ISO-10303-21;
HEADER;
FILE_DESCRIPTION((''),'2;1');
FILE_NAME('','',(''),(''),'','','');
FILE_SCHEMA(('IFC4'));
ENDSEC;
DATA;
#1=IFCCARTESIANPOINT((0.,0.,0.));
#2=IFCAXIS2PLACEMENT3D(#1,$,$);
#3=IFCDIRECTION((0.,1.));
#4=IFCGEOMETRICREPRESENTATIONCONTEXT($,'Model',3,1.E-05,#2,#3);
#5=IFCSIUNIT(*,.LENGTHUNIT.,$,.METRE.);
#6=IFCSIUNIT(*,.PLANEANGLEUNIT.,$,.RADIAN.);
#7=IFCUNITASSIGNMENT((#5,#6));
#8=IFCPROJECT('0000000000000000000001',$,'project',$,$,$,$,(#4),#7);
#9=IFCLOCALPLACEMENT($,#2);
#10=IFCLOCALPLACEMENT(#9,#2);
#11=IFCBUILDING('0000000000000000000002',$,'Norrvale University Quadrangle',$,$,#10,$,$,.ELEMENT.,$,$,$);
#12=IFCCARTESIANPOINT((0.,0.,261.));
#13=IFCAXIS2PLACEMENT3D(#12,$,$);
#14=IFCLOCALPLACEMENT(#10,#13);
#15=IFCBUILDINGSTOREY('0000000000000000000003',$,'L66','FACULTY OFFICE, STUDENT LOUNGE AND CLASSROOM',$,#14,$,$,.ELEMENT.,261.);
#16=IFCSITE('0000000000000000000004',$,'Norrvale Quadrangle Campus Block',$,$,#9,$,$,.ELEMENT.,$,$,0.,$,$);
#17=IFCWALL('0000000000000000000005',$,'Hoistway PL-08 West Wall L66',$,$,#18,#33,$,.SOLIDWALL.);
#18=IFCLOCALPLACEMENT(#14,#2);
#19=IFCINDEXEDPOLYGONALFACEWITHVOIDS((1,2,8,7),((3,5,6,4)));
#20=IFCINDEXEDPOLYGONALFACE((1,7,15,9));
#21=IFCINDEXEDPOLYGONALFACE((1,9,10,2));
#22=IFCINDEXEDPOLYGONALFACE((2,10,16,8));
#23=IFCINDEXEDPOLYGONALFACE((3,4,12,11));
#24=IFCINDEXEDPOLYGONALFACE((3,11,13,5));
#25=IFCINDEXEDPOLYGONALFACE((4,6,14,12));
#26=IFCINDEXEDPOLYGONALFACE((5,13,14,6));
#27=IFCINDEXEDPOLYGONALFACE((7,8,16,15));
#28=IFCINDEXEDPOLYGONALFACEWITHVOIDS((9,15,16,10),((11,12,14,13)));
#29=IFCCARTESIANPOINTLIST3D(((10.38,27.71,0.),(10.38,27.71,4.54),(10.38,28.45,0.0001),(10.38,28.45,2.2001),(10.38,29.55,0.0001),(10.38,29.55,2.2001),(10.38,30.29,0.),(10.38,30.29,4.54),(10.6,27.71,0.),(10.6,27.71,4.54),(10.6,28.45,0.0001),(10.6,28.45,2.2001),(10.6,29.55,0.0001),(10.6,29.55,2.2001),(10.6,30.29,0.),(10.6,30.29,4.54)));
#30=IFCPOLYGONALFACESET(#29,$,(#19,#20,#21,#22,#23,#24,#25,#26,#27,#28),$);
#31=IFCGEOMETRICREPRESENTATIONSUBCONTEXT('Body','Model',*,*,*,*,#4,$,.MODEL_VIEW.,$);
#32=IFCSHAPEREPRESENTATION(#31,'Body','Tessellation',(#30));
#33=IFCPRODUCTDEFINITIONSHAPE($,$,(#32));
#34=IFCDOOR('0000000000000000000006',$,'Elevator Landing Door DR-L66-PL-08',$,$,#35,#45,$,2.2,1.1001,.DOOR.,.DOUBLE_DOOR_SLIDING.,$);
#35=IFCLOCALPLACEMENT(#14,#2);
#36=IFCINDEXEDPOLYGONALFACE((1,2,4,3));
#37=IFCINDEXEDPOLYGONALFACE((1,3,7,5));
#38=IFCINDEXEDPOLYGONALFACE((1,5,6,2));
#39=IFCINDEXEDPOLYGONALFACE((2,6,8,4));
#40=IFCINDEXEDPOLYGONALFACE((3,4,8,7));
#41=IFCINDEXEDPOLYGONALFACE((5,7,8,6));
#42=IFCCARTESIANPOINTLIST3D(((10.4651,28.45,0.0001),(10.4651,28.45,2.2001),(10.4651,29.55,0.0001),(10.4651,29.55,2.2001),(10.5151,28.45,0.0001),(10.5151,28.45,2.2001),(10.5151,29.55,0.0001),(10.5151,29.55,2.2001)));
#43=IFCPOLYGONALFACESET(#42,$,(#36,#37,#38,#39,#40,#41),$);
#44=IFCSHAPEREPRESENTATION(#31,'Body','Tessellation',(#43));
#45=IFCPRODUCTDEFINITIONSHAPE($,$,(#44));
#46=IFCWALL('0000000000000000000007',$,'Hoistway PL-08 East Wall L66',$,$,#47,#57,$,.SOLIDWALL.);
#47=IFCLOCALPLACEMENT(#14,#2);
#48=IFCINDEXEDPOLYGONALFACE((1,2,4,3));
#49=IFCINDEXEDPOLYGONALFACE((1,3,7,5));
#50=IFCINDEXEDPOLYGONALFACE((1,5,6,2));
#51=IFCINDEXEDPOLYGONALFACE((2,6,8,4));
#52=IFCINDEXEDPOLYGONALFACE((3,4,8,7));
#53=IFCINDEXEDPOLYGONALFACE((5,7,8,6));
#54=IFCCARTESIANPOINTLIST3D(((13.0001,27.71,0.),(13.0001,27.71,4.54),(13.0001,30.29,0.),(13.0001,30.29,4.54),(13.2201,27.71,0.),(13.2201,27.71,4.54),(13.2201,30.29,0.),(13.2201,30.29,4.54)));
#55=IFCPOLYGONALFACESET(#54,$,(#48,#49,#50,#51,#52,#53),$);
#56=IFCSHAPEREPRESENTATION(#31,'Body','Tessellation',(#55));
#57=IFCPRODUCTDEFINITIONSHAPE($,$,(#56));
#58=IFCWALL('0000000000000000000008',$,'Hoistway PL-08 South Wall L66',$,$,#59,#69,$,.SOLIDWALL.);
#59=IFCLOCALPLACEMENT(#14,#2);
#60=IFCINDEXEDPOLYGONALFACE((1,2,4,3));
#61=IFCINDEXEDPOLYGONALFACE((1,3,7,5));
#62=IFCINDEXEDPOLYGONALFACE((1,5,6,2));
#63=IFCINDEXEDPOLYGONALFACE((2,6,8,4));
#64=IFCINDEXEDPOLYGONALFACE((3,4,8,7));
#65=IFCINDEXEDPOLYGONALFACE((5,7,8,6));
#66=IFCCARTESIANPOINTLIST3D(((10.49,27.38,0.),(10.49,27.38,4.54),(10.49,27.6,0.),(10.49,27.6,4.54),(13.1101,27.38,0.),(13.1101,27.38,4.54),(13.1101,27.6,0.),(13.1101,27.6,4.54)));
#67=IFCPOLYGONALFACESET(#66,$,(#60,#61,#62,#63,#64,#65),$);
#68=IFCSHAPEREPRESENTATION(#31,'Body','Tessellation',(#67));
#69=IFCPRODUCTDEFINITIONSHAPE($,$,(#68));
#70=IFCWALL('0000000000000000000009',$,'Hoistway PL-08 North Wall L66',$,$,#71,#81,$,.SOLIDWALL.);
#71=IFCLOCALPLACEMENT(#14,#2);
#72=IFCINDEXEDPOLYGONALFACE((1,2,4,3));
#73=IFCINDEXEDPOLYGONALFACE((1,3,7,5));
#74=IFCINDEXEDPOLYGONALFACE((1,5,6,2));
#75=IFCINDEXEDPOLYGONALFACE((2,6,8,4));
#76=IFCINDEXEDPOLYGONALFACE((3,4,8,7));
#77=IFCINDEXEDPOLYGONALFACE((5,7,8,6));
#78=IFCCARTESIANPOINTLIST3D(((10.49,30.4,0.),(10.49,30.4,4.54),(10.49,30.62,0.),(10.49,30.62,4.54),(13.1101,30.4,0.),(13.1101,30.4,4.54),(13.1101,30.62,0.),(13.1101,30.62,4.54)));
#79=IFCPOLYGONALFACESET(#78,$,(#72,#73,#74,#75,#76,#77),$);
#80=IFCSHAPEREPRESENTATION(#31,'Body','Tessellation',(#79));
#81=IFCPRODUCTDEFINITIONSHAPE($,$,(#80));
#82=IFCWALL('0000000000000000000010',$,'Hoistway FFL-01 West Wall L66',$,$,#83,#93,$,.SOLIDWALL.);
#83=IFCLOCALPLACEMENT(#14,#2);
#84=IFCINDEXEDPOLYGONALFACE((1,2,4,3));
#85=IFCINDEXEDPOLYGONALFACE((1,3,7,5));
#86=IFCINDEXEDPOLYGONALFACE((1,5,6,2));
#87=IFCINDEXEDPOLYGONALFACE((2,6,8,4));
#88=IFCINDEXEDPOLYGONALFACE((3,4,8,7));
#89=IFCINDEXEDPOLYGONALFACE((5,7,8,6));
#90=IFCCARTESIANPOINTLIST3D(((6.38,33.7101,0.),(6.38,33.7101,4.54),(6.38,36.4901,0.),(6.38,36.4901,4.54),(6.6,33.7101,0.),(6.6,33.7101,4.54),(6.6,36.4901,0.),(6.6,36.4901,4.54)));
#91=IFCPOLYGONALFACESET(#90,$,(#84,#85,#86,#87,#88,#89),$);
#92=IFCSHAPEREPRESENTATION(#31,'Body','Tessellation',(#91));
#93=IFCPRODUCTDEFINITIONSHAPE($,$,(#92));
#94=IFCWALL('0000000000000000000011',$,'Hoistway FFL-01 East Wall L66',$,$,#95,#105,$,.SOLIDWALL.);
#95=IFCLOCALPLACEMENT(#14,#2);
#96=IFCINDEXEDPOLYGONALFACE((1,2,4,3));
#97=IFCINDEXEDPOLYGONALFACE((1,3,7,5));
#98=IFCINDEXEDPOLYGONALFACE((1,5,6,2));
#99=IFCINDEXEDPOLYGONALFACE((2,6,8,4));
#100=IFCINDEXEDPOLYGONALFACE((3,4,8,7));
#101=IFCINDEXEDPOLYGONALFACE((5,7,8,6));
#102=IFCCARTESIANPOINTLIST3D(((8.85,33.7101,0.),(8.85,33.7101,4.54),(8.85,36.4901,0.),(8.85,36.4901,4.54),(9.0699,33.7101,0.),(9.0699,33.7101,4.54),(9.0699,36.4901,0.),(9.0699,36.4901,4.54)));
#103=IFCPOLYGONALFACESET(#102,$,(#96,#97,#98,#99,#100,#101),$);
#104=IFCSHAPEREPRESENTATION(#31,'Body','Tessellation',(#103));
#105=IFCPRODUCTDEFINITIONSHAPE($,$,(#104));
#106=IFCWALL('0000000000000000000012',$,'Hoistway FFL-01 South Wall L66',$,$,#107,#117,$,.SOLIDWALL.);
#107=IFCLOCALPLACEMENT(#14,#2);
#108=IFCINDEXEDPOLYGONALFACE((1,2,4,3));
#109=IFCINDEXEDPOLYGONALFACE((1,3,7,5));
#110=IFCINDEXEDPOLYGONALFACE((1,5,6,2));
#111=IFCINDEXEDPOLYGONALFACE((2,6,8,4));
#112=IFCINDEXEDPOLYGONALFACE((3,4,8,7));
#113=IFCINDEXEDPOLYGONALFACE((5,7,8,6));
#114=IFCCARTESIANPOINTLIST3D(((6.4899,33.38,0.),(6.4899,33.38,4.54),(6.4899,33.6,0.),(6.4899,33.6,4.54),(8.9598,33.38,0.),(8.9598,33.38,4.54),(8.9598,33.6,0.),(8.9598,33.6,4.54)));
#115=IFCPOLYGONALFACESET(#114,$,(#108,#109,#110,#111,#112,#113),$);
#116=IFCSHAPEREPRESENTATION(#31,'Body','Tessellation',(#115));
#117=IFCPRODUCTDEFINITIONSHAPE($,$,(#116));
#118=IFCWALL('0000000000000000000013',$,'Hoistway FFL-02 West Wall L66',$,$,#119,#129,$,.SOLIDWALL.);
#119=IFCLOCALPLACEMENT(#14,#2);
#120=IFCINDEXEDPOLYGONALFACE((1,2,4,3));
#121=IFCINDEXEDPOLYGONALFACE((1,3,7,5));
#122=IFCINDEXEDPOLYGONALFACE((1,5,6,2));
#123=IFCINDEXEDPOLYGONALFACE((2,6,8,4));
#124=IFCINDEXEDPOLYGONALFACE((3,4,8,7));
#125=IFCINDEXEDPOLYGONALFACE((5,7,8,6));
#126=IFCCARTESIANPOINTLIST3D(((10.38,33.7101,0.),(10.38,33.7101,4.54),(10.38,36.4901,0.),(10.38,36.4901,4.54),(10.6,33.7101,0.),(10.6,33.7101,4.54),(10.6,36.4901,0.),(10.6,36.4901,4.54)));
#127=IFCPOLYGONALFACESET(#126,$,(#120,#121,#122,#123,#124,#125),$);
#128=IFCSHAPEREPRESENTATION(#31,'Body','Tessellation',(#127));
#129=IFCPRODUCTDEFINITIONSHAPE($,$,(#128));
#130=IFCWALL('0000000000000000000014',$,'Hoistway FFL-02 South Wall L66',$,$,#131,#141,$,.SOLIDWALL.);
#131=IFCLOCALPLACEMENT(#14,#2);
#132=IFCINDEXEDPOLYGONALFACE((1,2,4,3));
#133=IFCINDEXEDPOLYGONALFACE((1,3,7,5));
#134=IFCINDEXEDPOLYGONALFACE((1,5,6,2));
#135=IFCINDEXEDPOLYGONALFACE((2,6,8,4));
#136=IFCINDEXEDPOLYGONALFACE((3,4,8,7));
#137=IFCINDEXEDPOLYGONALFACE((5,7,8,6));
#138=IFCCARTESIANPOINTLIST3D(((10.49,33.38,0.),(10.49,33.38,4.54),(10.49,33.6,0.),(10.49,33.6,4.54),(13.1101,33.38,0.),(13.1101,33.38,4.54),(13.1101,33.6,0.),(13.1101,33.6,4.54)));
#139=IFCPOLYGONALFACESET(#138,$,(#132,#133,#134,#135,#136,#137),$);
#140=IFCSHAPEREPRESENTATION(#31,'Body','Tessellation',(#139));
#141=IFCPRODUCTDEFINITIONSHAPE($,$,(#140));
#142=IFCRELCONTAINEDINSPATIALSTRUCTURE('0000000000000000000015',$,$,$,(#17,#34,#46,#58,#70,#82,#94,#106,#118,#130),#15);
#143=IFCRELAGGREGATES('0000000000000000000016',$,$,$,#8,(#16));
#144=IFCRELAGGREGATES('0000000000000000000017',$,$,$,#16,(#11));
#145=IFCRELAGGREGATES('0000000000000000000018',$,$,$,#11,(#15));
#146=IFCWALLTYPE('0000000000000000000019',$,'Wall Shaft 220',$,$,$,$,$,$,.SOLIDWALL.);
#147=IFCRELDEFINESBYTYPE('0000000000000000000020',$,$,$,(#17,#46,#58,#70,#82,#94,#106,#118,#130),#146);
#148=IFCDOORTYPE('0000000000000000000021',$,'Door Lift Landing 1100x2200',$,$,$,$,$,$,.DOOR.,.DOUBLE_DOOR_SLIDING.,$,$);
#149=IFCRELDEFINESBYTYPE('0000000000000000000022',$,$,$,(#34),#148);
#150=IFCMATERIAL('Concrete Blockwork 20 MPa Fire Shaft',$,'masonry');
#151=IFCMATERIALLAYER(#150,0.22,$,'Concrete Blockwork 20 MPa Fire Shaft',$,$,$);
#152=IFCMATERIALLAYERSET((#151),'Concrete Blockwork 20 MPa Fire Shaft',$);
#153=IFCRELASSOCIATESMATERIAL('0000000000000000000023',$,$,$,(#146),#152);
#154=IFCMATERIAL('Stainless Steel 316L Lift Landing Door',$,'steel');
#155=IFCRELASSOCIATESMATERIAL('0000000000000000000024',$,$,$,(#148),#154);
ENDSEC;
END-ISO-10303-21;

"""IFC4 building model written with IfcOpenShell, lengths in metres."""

from ifc_helpers import new_model, si_unit, direction, frame, frame_2d, origin, place, context, subcontext, project, spatial, rectangle, extrude, material, layer, layer_set, type_object, element, fill, save


model = new_model("IFC4")

# Units and contexts
model_context = context("Model", 3, precision=1e-05, world=origin(), true_north=direction((0.0, 1.0)))
body_context = subcontext(model_context, "Body", "Model", "MODEL_VIEW")
ifc_project = project(units=[si_unit("LENGTHUNIT", "METRE"), si_unit("PLANEANGLEUNIT", "RADIAN")], contexts=[model_context])

# Site, building, storey
site_placement = place(None, origin())
site = spatial("IfcSite", under=ifc_project, at=site_placement, Name="Norrvale Quadrangle Campus Block", CompositionType="ELEMENT", RefElevation=0.0)
building_placement = place(site_placement, origin())
building = spatial("IfcBuilding", under=site, at=building_placement, Name="Norrvale University Quadrangle", CompositionType="ELEMENT")
storey_placement = place(building_placement, frame((0.0, 0.0, 261.0)))
storey = spatial("IfcBuildingStorey", under=building, at=storey_placement, Name="L66", Description="FACULTY OFFICE, STUDENT LOUNGE AND CLASSROOM", CompositionType="ELEMENT", Elevation=261.0)

# Wall, opening, door
ifc_material_1 = material(Name="Concrete Blockwork 20 MPa Fire Shaft", Category="masonry")
ifc_layer_1 = layer(ifc_material_1, 0.22, Name="Concrete Blockwork 20 MPa Fire Shaft")
ifc_layer_set_1 = layer_set([ifc_layer_1], Name="Concrete Blockwork 20 MPa Fire Shaft")
wall_type_1 = type_object("IfcWallType", Name="Wall Shaft 220", PredefinedType="SOLIDWALL", material=ifc_layer_set_1)
wall_1_placement = place(storey_placement, frame((10.49, 27.71, 0.0), z_axis=(0.0, 0.0, 1.0), x_axis=(0.0, 1.0, 0.0)))
wall_1 = element("IfcWall", 1, at=wall_1_placement, inside=storey, type_object=wall_type_1, Name="Hoistway PL-08 West Wall L66", PredefinedType="SOLIDWALL", context=body_context, shape_type="SweptSolid", body=[
    extrude(rectangle(XDim=2.5801, YDim=0.22, at=frame_2d((1.29, 0.0))), origin(), (0.0, 0.0, 1.0), 4.54),
])
opening_placement = place(wall_1_placement, frame((0.74, 0.0, 0.0)))
opening = element("IfcOpeningElement", 2, at=opening_placement, cuts=wall_1, PredefinedType="OPENING", context=body_context, shape_type="SweptSolid", body=[
    extrude(rectangle(XDim=1.1001, YDim=2.2, at=frame_2d((0.55, 1.1001))), frame((0.0, 0.1221, 0.0), z_axis=(0.0, -1.0, 0.0), x_axis=(1.0, 0.0, 0.0)), (0.0, 0.0, 1.0), 0.2439),
])
ifc_material_2 = material(Name="Stainless Steel 316L Lift Landing Door", Category="steel")
door_type = type_object("IfcDoorType", Name="Door Lift Landing 1100x2200", OperationType="DOUBLE_DOOR_SLIDING", PredefinedType="DOOR", material=ifc_material_2)
door_placement = place(opening_placement, origin())
door = element("IfcDoor", 3, at=door_placement, inside=storey, type_object=door_type, Name="Elevator Landing Door DR-L66-PL-08", OperationType="DOUBLE_DOOR_SLIDING", OverallHeight=2.2, OverallWidth=1.1001, PredefinedType="DOOR", context=body_context, shape_type="SweptSolid", body=[
    extrude(rectangle(XDim=1.1001, YDim=2.2, at=frame_2d((0.55, 1.1001))), frame((0.0, 0.0249, 0.0), z_axis=(0.0, -1.0, 0.0), x_axis=(1.0, 0.0, 0.0)), (0.0, 0.0, 1.0), 0.05),
])
fill(opening, door)

# Walls
wall_2_placement = place(storey_placement, frame((13.1101, 27.71, 0.0), z_axis=(0.0, 0.0, 1.0), x_axis=(0.0, 1.0, 0.0)))
element("IfcWall", 4, at=wall_2_placement, inside=storey, type_object=wall_type_1, Name="Hoistway PL-08 East Wall L66", PredefinedType="SOLIDWALL", context=body_context, shape_type="SweptSolid", body=[
    extrude(rectangle(XDim=2.5801, YDim=0.22, at=frame_2d((1.29, 0.0))), origin(), (0.0, 0.0, 1.0), 4.54),
])
for number, where, z_axis, x_axis, name in (
    (5, (10.49, 27.49, 0.0), (0.0, 0.0, 1.0), (1.0, 0.0, 0.0), "Hoistway PL-08 South Wall L66"),
    (6, (10.49, 30.51, 0.0), (0.0, 0.0, 1.0), (1.0, 0.0, 0.0), "Hoistway PL-08 North Wall L66"),
):
    element("IfcWall", number, at=place(storey_placement, frame(where, z_axis=z_axis, x_axis=x_axis)), inside=storey, type_object=wall_type_1, Name=name, PredefinedType="SOLIDWALL", context=body_context, shape_type="SweptSolid", body=[
        extrude(rectangle(XDim=2.6201, YDim=0.22, at=frame_2d((1.3101, 0.0))), origin(), (0.0, 0.0, 1.0), 4.54),
    ])
for number, where, z_axis, x_axis, name in (
    (7, (6.49, 33.71, 0.0), (0.0, 0.0, 1.0), (0.0, 1.0, 0.0), "Hoistway FFL-01 West Wall L66"),
    (8, (8.96, 33.71, 0.0), (0.0, 0.0, 1.0), (0.0, 1.0, 0.0), "Hoistway FFL-01 East Wall L66"),
):
    element("IfcWall", number, at=place(storey_placement, frame(where, z_axis=z_axis, x_axis=x_axis)), inside=storey, type_object=wall_type_1, Name=name, PredefinedType="SOLIDWALL", context=body_context, shape_type="SweptSolid", body=[
        extrude(rectangle(XDim=2.78, YDim=0.22, at=frame_2d((1.3901, 0.0))), origin(), (0.0, 0.0, 1.0), 4.54),
    ])
wall_3_placement = place(storey_placement, frame((6.49, 33.49, 0.0), z_axis=(0.0, 0.0, 1.0), x_axis=(1.0, 0.0, 0.0)))
element("IfcWall", 9, at=wall_3_placement, inside=storey, type_object=wall_type_1, Name="Hoistway FFL-01 South Wall L66", PredefinedType="SOLIDWALL", context=body_context, shape_type="SweptSolid", body=[
    extrude(rectangle(XDim=2.47, YDim=0.22, at=frame_2d((1.2349, 0.0))), origin(), (0.0, 0.0, 1.0), 4.54),
])
wall_4_placement = place(storey_placement, frame((10.49, 33.71, 0.0), z_axis=(0.0, 0.0, 1.0), x_axis=(0.0, 1.0, 0.0)))
element("IfcWall", 10, at=wall_4_placement, inside=storey, type_object=wall_type_1, Name="Hoistway FFL-02 West Wall L66", PredefinedType="SOLIDWALL", context=body_context, shape_type="SweptSolid", body=[
    extrude(rectangle(XDim=2.78, YDim=0.22, at=frame_2d((1.3901, 0.0))), origin(), (0.0, 0.0, 1.0), 4.54),
])
wall_5_placement = place(storey_placement, frame((10.49, 33.49, 0.0), z_axis=(0.0, 0.0, 1.0), x_axis=(1.0, 0.0, 0.0)))
element("IfcWall", 11, at=wall_5_placement, inside=storey, type_object=wall_type_1, Name="Hoistway FFL-02 South Wall L66", PredefinedType="SOLIDWALL", context=body_context, shape_type="SweptSolid", body=[
    extrude(rectangle(XDim=2.6201, YDim=0.22, at=frame_2d((1.3101, 0.0))), origin(), (0.0, 0.0, 1.0), 4.54),
])

save(model, "model.ifc")
